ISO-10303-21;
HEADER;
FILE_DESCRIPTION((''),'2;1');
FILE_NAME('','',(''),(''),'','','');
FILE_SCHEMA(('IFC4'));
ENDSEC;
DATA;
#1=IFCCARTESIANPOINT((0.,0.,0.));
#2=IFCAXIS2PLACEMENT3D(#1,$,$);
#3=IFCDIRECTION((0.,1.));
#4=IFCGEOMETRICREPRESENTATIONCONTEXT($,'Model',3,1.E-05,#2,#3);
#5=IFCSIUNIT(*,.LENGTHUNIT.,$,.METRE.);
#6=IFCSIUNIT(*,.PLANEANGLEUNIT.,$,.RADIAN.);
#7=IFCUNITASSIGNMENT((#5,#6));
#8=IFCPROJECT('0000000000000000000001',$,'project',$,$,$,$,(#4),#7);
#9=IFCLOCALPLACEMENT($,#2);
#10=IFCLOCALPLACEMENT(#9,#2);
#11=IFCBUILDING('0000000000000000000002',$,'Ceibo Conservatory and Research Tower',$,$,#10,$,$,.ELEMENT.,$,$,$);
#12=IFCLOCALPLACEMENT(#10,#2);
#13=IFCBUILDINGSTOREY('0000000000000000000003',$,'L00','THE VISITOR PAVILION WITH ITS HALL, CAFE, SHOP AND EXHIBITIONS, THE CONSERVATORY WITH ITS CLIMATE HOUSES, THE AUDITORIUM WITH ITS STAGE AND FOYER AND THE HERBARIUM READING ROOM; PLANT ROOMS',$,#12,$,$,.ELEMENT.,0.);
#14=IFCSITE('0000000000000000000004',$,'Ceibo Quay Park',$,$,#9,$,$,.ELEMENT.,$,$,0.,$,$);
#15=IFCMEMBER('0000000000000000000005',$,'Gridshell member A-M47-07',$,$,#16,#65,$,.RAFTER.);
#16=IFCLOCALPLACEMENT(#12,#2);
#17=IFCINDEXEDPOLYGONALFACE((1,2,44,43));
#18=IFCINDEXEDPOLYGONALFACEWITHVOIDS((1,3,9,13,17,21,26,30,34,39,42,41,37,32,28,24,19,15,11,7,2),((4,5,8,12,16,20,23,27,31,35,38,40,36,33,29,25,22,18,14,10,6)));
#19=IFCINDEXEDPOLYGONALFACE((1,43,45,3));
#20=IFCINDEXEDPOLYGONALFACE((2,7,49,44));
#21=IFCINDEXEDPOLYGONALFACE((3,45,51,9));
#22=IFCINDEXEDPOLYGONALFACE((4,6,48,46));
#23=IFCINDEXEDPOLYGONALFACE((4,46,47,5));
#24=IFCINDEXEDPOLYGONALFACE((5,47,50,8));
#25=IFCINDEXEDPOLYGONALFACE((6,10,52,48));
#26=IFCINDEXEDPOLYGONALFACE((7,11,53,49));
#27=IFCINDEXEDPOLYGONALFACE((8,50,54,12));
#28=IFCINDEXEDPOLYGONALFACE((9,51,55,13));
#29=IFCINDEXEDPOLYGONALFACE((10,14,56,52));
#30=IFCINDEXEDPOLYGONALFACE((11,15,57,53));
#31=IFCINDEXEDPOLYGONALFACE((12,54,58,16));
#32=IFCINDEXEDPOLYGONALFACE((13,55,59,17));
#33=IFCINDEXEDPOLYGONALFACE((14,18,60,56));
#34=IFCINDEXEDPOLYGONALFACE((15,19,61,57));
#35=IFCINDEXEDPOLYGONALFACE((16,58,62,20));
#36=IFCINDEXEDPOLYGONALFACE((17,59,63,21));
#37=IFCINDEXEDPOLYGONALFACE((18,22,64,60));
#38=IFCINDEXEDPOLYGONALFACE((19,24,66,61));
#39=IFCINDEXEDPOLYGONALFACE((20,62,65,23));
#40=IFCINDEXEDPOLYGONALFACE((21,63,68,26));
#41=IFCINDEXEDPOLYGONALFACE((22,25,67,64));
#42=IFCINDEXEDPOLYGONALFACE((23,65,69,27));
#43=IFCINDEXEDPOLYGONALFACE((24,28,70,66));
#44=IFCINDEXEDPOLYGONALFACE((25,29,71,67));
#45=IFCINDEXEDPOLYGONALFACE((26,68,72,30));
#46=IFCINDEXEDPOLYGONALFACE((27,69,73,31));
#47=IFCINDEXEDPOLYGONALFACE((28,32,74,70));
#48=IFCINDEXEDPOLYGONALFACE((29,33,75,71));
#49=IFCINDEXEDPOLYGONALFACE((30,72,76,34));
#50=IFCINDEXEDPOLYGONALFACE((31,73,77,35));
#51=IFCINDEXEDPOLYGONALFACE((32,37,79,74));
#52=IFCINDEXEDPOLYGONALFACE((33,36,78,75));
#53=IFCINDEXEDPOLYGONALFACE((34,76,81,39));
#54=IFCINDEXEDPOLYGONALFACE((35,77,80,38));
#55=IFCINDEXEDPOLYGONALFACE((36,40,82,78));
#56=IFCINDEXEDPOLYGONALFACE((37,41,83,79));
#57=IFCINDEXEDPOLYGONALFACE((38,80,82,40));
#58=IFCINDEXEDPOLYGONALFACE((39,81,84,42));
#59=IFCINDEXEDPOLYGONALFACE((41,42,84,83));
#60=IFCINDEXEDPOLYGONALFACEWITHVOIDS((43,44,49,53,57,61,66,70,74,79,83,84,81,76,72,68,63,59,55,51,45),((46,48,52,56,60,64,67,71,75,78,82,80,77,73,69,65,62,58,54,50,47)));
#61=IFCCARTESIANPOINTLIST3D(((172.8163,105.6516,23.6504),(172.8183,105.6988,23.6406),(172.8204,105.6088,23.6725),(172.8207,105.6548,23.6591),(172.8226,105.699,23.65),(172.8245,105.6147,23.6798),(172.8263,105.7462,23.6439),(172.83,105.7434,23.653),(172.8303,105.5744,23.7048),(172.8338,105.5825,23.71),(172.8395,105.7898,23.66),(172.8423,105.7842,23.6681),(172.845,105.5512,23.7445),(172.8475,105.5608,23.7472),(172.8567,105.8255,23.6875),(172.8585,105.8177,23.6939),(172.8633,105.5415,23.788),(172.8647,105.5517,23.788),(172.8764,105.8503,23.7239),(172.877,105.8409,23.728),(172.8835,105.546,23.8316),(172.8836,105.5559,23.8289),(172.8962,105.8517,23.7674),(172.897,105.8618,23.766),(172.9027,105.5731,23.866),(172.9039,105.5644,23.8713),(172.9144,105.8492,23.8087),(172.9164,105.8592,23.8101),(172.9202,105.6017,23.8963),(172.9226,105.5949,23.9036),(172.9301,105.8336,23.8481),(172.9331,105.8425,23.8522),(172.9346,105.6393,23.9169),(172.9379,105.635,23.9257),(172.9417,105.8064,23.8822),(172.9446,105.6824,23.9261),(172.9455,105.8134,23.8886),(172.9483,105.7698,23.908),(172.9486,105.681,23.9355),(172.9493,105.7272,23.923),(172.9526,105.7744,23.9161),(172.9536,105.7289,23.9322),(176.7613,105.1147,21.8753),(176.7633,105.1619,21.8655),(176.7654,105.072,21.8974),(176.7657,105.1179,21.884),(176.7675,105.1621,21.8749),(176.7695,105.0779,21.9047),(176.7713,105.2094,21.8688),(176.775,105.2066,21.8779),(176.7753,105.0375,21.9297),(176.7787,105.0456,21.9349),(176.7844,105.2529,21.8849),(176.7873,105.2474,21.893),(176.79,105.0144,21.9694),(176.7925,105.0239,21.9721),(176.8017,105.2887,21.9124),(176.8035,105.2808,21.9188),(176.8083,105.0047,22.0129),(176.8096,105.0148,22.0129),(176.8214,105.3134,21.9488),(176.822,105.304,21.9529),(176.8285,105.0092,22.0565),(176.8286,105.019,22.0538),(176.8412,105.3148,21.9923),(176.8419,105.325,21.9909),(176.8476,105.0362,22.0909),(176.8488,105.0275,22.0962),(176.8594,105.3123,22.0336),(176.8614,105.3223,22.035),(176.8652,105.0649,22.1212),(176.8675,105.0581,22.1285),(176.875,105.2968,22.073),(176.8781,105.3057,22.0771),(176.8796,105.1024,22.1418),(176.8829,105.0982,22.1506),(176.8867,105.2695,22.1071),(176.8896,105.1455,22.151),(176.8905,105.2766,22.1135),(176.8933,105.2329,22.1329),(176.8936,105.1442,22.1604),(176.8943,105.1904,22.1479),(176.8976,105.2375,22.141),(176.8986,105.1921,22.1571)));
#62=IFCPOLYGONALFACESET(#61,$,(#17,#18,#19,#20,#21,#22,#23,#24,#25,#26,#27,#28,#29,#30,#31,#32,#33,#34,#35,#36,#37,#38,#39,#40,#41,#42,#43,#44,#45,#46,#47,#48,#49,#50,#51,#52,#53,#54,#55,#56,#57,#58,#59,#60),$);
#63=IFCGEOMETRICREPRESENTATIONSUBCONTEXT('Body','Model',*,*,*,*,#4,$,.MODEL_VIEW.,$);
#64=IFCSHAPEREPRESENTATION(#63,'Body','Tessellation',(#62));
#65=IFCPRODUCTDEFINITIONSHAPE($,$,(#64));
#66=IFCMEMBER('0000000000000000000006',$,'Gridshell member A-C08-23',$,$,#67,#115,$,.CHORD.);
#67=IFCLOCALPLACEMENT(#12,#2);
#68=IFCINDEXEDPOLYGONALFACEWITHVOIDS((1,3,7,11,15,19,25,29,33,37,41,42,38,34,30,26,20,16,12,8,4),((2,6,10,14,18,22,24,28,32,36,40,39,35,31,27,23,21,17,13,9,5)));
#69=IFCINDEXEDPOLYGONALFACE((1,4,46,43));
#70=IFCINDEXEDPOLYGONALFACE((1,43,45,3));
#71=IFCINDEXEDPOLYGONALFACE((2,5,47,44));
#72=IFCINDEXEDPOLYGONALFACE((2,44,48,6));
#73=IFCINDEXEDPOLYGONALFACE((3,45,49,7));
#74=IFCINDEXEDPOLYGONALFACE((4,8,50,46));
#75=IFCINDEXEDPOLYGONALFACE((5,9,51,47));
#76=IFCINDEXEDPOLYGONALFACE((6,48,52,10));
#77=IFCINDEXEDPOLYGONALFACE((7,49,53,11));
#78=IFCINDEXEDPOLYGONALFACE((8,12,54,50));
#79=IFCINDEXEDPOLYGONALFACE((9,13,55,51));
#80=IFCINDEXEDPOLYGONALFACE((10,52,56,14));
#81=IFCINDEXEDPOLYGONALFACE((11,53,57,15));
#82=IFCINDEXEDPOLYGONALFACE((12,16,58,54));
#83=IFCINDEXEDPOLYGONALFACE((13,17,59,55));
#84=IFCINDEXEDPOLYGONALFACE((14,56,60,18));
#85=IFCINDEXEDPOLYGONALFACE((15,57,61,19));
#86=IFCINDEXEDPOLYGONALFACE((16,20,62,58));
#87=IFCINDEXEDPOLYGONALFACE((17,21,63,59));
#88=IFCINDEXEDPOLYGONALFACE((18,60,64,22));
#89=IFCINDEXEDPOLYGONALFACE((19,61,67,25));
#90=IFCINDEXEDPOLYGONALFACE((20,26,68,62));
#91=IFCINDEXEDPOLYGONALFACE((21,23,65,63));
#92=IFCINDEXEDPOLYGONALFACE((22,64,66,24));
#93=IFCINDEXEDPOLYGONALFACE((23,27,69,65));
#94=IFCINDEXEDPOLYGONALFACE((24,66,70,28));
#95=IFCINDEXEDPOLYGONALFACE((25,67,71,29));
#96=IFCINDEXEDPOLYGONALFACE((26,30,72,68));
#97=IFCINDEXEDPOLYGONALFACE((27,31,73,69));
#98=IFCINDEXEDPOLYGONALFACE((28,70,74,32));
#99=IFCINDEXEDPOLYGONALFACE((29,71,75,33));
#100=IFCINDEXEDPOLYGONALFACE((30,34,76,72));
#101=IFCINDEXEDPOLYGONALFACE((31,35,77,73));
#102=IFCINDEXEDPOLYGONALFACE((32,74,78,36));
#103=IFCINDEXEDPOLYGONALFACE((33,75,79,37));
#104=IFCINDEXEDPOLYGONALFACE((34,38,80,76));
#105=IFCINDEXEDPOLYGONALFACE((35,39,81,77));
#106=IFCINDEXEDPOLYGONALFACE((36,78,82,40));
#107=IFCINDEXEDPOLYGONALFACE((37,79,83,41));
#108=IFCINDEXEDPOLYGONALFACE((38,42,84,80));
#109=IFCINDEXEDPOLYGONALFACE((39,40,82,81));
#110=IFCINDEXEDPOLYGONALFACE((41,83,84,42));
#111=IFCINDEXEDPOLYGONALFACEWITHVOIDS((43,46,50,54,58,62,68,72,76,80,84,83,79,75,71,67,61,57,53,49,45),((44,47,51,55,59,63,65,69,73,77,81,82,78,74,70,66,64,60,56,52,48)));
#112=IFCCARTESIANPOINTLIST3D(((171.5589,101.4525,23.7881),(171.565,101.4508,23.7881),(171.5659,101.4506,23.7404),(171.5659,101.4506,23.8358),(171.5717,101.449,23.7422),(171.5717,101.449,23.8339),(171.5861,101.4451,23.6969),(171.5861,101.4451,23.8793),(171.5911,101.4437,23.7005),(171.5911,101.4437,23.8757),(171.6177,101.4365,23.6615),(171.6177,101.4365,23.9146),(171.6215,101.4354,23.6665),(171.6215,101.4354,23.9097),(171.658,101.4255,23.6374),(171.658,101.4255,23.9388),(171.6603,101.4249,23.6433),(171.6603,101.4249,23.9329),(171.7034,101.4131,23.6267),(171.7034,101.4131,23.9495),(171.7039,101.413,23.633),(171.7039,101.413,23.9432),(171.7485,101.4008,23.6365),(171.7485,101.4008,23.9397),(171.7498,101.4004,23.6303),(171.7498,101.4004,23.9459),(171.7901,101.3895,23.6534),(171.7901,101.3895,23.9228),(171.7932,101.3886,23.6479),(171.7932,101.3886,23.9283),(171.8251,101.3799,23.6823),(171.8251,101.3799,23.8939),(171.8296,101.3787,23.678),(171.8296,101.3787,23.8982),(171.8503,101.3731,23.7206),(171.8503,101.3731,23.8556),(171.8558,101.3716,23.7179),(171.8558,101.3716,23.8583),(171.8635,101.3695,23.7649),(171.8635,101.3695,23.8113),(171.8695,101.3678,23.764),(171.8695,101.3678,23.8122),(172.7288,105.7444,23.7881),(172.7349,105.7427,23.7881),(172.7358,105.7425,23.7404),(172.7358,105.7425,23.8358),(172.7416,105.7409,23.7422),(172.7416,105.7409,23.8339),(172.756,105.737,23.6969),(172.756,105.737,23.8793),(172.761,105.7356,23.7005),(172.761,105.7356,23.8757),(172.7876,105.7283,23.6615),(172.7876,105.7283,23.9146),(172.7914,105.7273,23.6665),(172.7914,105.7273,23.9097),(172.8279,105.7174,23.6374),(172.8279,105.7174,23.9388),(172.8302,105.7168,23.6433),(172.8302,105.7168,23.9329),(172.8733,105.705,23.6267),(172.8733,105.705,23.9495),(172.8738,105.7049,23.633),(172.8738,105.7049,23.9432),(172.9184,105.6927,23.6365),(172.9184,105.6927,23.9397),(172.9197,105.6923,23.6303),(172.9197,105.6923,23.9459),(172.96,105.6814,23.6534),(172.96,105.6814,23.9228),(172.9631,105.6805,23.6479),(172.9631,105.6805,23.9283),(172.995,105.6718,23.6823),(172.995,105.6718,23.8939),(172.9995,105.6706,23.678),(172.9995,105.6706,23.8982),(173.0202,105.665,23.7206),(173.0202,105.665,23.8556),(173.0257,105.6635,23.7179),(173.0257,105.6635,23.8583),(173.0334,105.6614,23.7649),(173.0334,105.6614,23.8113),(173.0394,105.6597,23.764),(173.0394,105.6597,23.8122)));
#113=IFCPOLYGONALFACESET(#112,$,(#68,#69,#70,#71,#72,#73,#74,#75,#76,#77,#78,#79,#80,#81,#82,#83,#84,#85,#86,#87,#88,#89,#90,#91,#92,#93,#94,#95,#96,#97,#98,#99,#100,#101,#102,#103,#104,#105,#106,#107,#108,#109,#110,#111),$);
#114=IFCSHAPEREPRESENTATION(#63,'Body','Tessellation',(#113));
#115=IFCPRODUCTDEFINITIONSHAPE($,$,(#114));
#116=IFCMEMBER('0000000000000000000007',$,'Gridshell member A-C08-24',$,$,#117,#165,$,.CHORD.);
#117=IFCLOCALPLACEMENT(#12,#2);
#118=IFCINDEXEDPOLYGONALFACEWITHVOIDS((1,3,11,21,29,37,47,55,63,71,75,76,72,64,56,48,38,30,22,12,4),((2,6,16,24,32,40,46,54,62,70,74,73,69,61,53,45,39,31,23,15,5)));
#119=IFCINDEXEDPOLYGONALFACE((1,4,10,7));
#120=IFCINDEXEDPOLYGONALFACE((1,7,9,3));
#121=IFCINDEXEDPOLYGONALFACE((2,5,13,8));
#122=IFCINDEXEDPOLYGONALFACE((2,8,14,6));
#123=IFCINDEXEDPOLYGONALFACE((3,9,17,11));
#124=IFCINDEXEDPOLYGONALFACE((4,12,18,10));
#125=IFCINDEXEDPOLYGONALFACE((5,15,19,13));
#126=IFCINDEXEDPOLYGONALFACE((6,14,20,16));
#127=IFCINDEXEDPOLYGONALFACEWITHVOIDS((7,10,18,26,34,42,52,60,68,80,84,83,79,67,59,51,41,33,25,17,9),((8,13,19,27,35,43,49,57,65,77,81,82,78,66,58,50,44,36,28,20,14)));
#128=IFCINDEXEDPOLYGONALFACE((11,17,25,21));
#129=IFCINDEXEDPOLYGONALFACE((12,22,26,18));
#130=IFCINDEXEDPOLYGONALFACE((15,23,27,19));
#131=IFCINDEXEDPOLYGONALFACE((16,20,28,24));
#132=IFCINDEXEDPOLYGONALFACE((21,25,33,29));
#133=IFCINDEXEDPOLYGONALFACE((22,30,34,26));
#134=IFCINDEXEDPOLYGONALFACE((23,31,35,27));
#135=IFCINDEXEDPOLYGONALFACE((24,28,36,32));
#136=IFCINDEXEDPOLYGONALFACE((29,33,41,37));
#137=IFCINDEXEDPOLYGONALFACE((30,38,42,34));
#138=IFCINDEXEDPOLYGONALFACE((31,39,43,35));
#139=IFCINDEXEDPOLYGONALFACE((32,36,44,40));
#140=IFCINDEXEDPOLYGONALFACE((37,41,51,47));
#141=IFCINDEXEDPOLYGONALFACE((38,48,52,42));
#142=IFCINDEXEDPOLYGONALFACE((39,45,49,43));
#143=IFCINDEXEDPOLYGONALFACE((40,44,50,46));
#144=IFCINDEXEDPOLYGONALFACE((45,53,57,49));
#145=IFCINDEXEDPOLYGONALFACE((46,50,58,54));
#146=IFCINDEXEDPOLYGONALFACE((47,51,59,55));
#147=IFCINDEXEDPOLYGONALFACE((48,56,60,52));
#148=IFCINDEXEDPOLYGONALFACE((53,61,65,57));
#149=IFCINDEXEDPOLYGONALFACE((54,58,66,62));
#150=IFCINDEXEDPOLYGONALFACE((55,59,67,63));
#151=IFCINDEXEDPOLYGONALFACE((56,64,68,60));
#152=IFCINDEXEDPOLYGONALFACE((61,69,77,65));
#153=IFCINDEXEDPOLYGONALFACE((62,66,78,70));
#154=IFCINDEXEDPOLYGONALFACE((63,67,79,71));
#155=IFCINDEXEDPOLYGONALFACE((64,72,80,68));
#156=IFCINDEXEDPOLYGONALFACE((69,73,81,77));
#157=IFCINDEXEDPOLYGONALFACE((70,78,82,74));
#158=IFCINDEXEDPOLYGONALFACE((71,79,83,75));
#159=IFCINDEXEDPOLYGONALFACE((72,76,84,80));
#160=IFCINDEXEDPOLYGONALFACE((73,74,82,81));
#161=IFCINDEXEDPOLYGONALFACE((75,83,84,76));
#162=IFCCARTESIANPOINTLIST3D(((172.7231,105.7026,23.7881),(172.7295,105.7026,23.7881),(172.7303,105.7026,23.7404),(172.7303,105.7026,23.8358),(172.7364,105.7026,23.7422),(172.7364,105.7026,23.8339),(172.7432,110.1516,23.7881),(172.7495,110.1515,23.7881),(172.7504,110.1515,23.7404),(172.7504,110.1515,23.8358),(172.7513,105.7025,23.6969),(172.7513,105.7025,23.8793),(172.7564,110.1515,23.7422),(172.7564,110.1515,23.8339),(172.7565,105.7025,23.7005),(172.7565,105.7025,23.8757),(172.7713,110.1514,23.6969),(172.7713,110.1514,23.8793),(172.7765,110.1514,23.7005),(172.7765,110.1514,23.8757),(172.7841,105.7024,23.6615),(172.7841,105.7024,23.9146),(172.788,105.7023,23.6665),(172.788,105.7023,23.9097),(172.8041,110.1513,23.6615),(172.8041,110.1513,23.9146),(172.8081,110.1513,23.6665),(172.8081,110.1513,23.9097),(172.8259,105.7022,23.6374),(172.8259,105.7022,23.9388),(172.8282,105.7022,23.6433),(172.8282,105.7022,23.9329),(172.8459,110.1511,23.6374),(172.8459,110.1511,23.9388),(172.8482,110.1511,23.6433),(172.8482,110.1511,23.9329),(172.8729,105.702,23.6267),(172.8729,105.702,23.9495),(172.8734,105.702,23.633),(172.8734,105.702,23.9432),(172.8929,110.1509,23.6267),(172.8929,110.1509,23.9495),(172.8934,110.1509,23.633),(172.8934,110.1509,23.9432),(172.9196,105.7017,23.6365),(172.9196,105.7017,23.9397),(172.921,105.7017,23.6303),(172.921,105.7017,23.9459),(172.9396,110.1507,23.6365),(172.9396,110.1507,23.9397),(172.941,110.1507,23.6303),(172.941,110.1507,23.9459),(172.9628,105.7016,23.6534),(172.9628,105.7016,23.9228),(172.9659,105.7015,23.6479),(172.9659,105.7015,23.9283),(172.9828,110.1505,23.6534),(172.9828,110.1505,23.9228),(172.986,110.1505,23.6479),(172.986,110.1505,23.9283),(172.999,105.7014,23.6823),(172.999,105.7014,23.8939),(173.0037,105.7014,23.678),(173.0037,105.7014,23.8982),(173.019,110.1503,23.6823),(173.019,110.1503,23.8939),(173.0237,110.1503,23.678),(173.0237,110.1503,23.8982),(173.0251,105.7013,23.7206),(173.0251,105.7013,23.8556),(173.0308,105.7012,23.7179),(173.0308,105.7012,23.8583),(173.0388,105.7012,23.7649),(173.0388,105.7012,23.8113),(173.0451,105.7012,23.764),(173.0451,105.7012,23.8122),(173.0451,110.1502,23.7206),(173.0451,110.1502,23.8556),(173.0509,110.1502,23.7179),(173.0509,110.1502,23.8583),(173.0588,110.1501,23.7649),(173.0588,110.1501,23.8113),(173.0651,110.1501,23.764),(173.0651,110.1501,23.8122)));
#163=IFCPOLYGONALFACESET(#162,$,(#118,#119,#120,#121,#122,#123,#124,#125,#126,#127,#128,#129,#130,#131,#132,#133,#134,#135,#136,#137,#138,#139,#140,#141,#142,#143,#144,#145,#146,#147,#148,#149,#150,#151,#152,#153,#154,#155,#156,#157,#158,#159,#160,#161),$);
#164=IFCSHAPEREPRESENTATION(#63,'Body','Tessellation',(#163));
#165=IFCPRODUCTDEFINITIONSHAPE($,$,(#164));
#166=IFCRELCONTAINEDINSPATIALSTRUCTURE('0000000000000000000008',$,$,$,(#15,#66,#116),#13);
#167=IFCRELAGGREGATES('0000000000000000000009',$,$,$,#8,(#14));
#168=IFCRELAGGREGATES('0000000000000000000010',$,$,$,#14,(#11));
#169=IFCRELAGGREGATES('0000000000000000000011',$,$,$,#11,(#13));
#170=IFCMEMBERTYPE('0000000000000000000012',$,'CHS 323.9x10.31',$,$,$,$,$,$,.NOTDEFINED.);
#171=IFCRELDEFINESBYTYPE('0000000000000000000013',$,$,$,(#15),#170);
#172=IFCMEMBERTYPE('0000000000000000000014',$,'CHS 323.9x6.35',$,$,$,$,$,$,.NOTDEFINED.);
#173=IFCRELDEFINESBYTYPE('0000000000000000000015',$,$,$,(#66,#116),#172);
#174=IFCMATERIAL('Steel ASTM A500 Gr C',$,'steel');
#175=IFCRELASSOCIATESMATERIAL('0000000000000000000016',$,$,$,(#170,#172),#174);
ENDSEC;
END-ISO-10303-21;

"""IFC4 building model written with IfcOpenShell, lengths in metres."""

from ifc_helpers import new_model, si_unit, direction, frame, origin, origin_2d, place, context, subcontext, project, spatial, hollow_circle, extrude, material, material_profile, profile_set, type_object, element, save


model = new_model("IFC4")

# Units and contexts
model_context = context("Model", 3, precision=1e-05, world=origin(), true_north=direction((0.0, 1.0)))
body_context = subcontext(model_context, "Body", "Model", "MODEL_VIEW")
ifc_project = project(units=[si_unit("LENGTHUNIT", "METRE"), si_unit("PLANEANGLEUNIT", "RADIAN")], contexts=[model_context])

# Site, building, storey
site_placement = place(None, origin())
site = spatial("IfcSite", under=ifc_project, at=site_placement, Name="Ceibo Quay Park", CompositionType="ELEMENT", RefElevation=0.0)
building_placement = place(site_placement, origin())
building = spatial("IfcBuilding", under=site, at=building_placement, Name="Ceibo Conservatory and Research Tower", CompositionType="ELEMENT")
storey_placement = place(building_placement, origin())
storey = spatial("IfcBuildingStorey", under=building, at=storey_placement, Name="L00", Description="THE VISITOR PAVILION WITH ITS HALL, CAFE, SHOP AND EXHIBITIONS, THE CONSERVATORY WITH ITS CLIMATE HOUSES, THE AUDITORIUM WITH ITS STAGE AND FOYER AND THE HERBARIUM READING ROOM; PLANT ROOMS", CompositionType="ELEMENT", Elevation=0.0)

# Members
ifc_material_1 = material(Name="Steel ASTM A500 Gr C", Category="steel")
ifc_material_profile_1 = material_profile(ifc_material_1, hollow_circle(Radius=0.1619, WallThickness=0.0103, at=origin_2d()), Name="CHS 323.9x10.31")
ifc_profile_set_1 = profile_set([ifc_material_profile_1], Name="Steel ASTM A500 Gr C")
member_type_1 = type_object("IfcMemberType", Name="CHS 323.9x10.31", PredefinedType="NOTDEFINED", material=ifc_profile_set_1)
member_1_placement = place(storey_placement, frame((176.8301, 105.165, 22.0129), z_axis=(-0.904991, 0.123156, 0.407215), x_axis=(-0.134842, -0.990867, 0.0)))
element("IfcMember", 1, at=member_1_placement, inside=storey, type_object=member_type_1, Name="Gridshell member A-M47-07", PredefinedType="RAFTER", context=body_context, shape_type="SweptSolid", body=[
    extrude(hollow_circle(Radius=0.1619, WallThickness=0.0103, at=origin_2d()), origin(), (0.0, 0.0, 1.0), 4.3591),
])
ifc_material_profile_2 = material_profile(ifc_material_1, hollow_circle(Radius=0.1619, WallThickness=0.0063, at=origin_2d()), Name="CHS 323.9x6.35")
ifc_profile_set_2 = profile_set([ifc_material_profile_2], Name="Steel ASTM A500 Gr C")
member_type_2 = type_object("IfcMemberType", Name="CHS 323.9x6.35", PredefinedType="NOTDEFINED", material=ifc_profile_set_2)
member_2_placement = place(storey_placement, frame((171.7151, 101.4099, 23.7881), z_axis=(0.262987, 0.964799, 0.0), x_axis=(-0.964799, 0.262987, 0.0)))
element("IfcMember", 2, at=member_2_placement, inside=storey, type_object=member_type_2, Name="Gridshell member A-C08-23", PredefinedType="CHORD", context=body_context, shape_type="SweptSolid", body=[
    extrude(hollow_circle(Radius=0.1619, WallThickness=0.0063, at=origin_2d()), origin(), (0.0, 0.0, 1.0), 4.4485),
])
member_3_placement = place(storey_placement, frame((172.885, 105.7019, 23.7881), z_axis=(0.0045, 0.99999, 0.0), x_axis=(-0.99999, 0.0045, 0.0)))
element("IfcMember", 3, at=member_3_placement, inside=storey, type_object=member_type_2, Name="Gridshell member A-C08-24", PredefinedType="CHORD", context=body_context, shape_type="SweptSolid", body=[
    extrude(hollow_circle(Radius=0.1619, WallThickness=0.0063, at=origin_2d()), origin(), (0.0, 0.0, 1.0), 4.449),
])

save(model, "model.ifc")
